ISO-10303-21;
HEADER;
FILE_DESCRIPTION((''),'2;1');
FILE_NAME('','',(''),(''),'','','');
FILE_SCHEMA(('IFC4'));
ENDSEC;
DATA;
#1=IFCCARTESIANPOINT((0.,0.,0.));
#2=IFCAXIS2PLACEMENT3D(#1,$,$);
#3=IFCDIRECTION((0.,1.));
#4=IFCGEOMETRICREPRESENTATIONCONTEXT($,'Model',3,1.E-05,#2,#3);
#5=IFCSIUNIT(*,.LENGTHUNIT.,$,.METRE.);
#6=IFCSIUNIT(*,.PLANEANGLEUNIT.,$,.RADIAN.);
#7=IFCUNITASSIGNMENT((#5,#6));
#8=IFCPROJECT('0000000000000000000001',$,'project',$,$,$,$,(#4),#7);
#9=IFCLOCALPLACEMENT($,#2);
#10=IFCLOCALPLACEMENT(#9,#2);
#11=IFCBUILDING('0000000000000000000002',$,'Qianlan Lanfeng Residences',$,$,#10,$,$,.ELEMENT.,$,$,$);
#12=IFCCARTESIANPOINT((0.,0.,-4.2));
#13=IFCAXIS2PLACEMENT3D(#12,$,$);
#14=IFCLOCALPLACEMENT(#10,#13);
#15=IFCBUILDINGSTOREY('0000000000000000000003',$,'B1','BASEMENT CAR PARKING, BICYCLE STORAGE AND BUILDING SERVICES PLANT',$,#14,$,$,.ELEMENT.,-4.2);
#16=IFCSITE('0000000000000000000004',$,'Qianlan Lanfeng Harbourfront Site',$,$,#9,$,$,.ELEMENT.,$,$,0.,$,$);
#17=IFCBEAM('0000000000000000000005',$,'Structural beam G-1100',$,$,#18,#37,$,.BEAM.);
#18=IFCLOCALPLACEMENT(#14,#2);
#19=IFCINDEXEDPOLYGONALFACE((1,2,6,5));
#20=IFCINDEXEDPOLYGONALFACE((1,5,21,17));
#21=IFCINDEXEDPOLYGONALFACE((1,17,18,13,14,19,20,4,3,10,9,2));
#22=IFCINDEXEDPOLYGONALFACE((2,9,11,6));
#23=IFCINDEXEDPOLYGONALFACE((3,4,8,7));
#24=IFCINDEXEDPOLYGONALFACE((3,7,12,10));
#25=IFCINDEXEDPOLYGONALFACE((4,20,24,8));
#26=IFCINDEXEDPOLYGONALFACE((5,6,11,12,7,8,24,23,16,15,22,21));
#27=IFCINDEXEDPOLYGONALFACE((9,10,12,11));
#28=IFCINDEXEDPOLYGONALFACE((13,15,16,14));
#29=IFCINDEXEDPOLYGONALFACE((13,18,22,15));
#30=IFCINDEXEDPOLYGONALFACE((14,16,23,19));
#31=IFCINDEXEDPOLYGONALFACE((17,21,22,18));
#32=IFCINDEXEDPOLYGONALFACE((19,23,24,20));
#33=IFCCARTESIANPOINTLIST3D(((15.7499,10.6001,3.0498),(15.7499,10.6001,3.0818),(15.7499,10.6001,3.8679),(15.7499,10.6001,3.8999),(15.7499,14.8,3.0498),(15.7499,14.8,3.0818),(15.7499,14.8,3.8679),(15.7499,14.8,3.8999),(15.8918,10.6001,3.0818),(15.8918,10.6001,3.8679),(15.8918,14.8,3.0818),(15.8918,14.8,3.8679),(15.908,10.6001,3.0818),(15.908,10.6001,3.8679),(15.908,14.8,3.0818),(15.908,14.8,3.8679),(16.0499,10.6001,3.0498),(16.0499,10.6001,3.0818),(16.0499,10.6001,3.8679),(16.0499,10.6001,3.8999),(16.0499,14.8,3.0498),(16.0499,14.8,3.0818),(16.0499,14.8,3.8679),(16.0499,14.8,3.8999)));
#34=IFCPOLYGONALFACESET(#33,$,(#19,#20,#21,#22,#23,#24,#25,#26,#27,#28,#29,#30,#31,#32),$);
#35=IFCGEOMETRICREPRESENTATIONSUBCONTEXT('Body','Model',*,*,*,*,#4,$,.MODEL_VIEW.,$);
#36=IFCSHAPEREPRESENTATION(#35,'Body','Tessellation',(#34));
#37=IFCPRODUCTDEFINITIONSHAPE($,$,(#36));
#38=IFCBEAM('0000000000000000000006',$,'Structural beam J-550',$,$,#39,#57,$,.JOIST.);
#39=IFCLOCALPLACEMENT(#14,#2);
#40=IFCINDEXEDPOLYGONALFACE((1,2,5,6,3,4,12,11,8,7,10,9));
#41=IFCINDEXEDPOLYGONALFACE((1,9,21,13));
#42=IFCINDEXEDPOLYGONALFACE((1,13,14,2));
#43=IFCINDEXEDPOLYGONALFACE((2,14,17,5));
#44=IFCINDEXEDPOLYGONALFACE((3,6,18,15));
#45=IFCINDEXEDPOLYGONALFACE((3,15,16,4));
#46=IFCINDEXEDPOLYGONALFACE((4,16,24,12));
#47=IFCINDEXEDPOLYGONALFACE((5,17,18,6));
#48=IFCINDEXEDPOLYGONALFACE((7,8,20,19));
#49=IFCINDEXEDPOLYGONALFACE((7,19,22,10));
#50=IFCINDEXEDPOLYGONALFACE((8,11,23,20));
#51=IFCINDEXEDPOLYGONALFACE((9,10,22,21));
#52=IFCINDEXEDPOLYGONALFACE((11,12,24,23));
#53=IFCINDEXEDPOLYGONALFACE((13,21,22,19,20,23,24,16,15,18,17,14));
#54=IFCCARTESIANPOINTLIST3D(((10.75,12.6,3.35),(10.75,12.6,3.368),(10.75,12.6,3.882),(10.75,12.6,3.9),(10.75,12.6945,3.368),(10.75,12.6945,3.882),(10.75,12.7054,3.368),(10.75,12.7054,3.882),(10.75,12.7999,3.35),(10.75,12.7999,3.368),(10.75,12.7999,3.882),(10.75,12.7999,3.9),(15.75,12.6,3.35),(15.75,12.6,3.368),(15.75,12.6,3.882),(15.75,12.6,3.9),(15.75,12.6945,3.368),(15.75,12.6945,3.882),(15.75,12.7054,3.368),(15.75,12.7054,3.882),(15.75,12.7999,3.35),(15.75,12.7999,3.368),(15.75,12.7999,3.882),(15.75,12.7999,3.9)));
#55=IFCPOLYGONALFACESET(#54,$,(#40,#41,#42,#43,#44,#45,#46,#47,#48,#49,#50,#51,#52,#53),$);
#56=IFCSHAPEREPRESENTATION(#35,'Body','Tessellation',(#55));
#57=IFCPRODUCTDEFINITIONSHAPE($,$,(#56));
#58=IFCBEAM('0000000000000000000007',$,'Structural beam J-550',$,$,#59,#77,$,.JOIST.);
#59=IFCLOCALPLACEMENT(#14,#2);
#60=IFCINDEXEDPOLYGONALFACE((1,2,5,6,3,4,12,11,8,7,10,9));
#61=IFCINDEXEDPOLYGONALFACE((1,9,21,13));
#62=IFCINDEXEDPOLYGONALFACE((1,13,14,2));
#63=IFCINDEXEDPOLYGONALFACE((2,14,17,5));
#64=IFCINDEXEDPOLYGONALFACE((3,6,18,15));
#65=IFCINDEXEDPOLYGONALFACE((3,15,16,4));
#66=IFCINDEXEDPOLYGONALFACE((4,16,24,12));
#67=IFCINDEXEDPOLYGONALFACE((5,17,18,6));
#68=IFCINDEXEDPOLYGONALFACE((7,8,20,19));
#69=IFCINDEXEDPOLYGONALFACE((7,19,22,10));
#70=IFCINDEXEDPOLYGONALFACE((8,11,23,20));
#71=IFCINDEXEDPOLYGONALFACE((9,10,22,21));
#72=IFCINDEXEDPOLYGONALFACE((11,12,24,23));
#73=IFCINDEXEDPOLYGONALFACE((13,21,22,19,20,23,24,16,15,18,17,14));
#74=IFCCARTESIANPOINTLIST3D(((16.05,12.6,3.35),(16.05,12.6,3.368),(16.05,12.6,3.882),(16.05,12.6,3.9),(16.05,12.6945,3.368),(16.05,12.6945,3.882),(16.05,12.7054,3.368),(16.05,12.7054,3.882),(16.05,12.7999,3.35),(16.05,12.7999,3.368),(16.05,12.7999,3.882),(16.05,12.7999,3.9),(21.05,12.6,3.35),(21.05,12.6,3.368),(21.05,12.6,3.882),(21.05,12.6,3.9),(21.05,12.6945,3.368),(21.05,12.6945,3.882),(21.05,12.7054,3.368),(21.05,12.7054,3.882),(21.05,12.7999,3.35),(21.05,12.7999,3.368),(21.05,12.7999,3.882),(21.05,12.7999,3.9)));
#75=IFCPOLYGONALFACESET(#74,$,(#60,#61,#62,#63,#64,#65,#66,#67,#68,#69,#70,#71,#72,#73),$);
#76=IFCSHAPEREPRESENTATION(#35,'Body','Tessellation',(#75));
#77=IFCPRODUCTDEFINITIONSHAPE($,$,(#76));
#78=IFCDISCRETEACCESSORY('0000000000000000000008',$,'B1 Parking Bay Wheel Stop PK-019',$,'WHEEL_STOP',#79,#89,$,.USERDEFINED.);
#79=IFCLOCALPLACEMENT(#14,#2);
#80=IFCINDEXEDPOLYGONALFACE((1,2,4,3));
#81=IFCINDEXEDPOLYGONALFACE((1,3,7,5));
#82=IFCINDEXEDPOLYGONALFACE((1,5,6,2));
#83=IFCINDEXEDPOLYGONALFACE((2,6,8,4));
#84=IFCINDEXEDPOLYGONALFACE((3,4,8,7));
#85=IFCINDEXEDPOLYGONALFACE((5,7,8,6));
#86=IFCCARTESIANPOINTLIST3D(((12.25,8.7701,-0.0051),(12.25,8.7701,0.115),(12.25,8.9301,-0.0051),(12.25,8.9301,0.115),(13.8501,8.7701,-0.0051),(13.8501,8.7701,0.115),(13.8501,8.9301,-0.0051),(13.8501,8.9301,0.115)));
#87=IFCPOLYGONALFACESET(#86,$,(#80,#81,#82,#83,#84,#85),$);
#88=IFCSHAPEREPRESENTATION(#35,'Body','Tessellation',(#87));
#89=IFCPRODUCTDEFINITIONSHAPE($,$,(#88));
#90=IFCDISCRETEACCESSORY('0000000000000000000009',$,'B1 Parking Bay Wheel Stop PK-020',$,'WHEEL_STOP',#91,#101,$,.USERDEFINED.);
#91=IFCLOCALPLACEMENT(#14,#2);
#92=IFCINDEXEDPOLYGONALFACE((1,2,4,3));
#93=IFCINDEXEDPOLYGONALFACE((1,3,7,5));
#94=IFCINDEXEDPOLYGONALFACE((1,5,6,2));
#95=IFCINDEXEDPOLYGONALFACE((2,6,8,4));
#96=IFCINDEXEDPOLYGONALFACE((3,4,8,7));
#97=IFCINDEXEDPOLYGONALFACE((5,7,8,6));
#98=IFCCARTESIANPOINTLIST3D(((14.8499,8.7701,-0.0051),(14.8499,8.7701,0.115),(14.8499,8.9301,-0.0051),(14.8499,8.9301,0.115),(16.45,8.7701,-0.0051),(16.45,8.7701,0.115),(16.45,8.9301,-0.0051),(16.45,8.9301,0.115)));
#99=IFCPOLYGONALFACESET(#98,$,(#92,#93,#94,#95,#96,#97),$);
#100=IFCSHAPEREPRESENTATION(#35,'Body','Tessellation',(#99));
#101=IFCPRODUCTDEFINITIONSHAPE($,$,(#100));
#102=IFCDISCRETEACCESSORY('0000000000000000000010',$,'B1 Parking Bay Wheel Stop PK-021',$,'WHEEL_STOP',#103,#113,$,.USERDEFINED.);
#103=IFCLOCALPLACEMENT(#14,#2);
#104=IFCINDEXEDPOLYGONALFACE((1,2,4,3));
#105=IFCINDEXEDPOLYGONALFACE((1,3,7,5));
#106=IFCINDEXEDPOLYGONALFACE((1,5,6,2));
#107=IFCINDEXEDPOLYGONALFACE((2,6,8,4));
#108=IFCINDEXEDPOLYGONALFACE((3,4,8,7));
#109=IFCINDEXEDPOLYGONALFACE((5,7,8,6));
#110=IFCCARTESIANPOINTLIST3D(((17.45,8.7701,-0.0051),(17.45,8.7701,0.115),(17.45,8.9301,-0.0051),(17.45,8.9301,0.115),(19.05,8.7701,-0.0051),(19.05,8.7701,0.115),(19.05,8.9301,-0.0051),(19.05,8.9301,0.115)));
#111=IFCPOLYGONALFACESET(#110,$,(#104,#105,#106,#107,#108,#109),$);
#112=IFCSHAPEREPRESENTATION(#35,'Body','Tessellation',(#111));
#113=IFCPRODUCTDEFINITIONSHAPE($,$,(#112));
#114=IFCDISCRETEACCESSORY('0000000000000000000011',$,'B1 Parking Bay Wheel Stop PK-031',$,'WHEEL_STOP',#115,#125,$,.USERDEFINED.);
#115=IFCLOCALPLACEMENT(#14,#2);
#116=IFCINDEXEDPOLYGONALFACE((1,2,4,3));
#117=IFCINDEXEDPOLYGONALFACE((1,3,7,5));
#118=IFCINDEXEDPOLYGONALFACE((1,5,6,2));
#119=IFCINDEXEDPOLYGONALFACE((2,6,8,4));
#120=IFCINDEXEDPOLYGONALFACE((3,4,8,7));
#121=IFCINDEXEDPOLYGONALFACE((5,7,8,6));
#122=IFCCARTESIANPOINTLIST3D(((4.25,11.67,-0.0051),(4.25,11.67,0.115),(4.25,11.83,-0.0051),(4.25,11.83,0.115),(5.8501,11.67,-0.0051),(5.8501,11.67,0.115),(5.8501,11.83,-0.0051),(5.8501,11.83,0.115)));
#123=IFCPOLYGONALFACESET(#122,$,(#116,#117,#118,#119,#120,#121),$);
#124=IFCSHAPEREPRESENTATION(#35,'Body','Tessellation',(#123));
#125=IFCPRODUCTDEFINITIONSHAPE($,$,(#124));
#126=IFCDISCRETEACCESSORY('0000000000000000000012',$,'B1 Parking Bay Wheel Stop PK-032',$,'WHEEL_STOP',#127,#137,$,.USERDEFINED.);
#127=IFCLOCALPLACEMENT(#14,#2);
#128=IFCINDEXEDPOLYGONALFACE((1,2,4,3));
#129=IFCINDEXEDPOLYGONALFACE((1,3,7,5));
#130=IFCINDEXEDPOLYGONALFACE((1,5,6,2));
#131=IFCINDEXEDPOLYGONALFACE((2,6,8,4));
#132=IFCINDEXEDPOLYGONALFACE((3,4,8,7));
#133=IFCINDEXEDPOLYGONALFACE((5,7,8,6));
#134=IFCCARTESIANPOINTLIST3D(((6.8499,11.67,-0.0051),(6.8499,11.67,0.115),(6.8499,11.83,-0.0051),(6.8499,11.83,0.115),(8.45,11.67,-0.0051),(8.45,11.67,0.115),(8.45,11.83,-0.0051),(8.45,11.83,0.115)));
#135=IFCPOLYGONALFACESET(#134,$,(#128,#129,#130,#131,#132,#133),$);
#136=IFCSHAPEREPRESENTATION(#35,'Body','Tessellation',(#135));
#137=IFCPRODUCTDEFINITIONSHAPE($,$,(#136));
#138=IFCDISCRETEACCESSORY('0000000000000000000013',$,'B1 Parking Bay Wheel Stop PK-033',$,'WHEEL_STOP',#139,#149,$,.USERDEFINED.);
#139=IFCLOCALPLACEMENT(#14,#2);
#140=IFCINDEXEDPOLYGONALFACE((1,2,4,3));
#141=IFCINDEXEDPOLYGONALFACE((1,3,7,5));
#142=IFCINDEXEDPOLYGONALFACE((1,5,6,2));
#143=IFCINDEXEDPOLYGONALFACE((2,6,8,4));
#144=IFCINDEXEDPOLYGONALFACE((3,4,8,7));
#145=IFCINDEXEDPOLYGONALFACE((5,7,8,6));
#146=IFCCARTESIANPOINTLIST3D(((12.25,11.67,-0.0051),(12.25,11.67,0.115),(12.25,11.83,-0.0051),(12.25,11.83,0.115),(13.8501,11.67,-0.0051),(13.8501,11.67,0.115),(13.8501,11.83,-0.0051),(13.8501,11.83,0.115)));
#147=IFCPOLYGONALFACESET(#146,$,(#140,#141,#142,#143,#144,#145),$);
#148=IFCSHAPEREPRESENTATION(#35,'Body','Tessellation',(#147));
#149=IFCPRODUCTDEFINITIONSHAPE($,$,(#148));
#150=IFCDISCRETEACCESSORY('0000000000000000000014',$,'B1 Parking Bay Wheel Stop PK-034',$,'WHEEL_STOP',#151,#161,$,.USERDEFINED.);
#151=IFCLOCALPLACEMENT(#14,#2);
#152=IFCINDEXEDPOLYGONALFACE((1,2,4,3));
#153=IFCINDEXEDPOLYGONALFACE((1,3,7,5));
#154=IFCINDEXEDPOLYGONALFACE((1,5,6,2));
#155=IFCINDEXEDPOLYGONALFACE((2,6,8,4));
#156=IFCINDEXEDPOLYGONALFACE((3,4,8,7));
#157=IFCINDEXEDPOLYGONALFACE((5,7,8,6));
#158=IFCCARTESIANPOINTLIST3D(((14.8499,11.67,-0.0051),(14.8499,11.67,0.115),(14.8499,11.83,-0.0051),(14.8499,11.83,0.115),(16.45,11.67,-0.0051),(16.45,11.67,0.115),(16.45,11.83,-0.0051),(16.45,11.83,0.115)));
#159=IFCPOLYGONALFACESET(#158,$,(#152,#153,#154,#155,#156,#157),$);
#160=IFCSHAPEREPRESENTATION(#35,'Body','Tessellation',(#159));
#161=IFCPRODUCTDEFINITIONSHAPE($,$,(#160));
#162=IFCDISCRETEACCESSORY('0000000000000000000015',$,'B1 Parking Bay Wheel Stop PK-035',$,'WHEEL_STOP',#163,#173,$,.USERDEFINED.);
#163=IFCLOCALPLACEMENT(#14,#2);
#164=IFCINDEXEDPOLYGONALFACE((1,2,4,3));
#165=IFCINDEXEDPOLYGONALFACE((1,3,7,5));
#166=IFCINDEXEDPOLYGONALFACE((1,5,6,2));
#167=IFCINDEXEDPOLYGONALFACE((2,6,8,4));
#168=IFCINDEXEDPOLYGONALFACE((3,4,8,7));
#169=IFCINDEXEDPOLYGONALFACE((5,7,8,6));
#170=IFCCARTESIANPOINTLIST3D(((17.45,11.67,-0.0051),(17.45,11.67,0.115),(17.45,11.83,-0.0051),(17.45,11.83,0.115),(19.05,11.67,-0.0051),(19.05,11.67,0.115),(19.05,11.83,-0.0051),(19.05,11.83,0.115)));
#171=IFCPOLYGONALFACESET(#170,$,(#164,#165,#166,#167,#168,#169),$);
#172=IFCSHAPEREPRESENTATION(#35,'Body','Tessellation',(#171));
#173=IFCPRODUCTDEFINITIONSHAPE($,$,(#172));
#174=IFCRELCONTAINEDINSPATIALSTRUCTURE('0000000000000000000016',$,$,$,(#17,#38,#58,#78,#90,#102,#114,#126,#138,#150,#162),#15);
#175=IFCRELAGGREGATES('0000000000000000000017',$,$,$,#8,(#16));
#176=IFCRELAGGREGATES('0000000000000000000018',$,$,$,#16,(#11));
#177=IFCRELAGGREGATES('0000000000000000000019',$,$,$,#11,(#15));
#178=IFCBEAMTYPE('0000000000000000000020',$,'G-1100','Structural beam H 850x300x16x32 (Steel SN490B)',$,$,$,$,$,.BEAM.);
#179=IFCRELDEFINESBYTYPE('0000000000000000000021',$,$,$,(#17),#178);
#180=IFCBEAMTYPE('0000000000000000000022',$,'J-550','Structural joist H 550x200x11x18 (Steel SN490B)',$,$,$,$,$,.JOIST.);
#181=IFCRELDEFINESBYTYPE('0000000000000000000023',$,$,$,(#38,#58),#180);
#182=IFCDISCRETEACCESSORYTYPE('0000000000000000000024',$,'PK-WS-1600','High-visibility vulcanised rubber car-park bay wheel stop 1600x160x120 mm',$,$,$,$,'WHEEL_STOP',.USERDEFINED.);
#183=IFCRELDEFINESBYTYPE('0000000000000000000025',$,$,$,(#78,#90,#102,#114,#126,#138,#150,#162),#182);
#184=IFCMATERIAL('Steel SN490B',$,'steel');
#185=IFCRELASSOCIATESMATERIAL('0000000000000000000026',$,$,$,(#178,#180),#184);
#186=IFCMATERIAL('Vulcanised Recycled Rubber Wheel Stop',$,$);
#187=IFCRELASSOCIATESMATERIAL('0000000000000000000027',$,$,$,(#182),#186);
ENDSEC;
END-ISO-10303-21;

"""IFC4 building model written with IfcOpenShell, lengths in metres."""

from ifc_helpers import new_model, si_unit, direction, frame, origin, origin_2d, place, context, subcontext, project, spatial, rectangle, i_section, extrude, source, transform, mapped, material, material_profile, profile_set, type_object, element, save


model = new_model("IFC4")

# Units and contexts
model_context = context("Model", 3, precision=1e-05, world=origin(), true_north=direction((0.0, 1.0)))
body_context = subcontext(model_context, "Body", "Model", "MODEL_VIEW")
ifc_project = project(units=[si_unit("LENGTHUNIT", "METRE"), si_unit("PLANEANGLEUNIT", "RADIAN")], contexts=[model_context])

# Site, building, storey
site_placement = place(None, origin())
site = spatial("IfcSite", under=ifc_project, at=site_placement, Name="Qianlan Lanfeng Harbourfront Site", CompositionType="ELEMENT", RefElevation=0.0)
building_placement = place(site_placement, origin())
building = spatial("IfcBuilding", under=site, at=building_placement, Name="Qianlan Lanfeng Residences", CompositionType="ELEMENT")
storey_placement = place(building_placement, frame((0.0, 0.0, -4.2)))
storey = spatial("IfcBuildingStorey", under=building, at=storey_placement, Name="B1", Description="BASEMENT CAR PARKING, BICYCLE STORAGE AND BUILDING SERVICES PLANT", CompositionType="ELEMENT", Elevation=-4.2)

# Beams
ifc_material_1 = material(Name="Steel SN490B", Category="steel")
ifc_material_profile_1 = material_profile(ifc_material_1, i_section(OverallWidth=0.3, OverallDepth=0.8501, WebThickness=0.0161, FlangeThickness=0.032, at=origin_2d()), Name="H 850x300x16x32")
ifc_profile_set_1 = profile_set([ifc_material_profile_1], Name="Steel SN490B")
beam_type_1 = type_object("IfcBeamType", Name="G-1100", Description="Structural beam H 850x300x16x32 (Steel SN490B)", PredefinedType="BEAM", material=ifc_profile_set_1)
for number, where, z_axis, x_axis, name in (
    (1, (15.8999, 10.6001, 3.4749), (0.0, 1.0, 0.0), (-1.0, 0.0, 0.0), "Structural beam G-1100"),
):
    element("IfcBeam", number, at=place(storey_placement, frame(where, z_axis=z_axis, x_axis=x_axis)), inside=storey, type_object=beam_type_1, Name=name, PredefinedType="BEAM", context=body_context, shape_type="SweptSolid", body=[
        extrude(i_section(OverallWidth=0.3, OverallDepth=0.8501, WebThickness=0.0161, FlangeThickness=0.032, at=origin_2d()), origin(), (0.0, 0.0, 1.0), 4.2),
    ])
ifc_material_profile_2 = material_profile(ifc_material_1, i_section(OverallWidth=0.2, OverallDepth=0.55, WebThickness=0.011, FlangeThickness=0.0181, at=origin_2d()), Name="H 550x200x11x18")
ifc_profile_set_2 = profile_set([ifc_material_profile_2], Name="Steel SN490B")
beam_type_2 = type_object("IfcBeamType", Name="J-550", Description="Structural joist H 550x200x11x18 (Steel SN490B)", PredefinedType="JOIST", material=ifc_profile_set_2)
for number, where, z_axis, x_axis, name in (
    (2, (10.75, 12.7, 3.625), (1.0, 0.0, 0.0), (0.0, 1.0, 0.0), "Structural beam J-550"),
    (3, (16.05, 12.7, 3.625), (1.0, 0.0, 0.0), (0.0, 1.0, 0.0), "Structural beam J-550"),
):
    element("IfcBeam", number, at=place(storey_placement, frame(where, z_axis=z_axis, x_axis=x_axis)), inside=storey, type_object=beam_type_2, Name=name, PredefinedType="JOIST", context=body_context, shape_type="SweptSolid", body=[
        extrude(i_section(OverallWidth=0.2, OverallDepth=0.55, WebThickness=0.011, FlangeThickness=0.0181, at=origin_2d()), origin(), (0.0, 0.0, 1.0), 5.0),
    ])

# Discrete accessories
ifc_material_2 = material(Name="Vulcanised Recycled Rubber Wheel Stop")
discrete_accessory_type = type_object("IfcDiscreteAccessoryType", Name="PK-WS-1600", Description="High-visibility vulcanised rubber car-park bay wheel stop 1600x160x120 mm", ElementType="WHEEL_STOP", PredefinedType="USERDEFINED", material=ifc_material_2)
shared_shape = source(origin(), body_context, "Body", "SweptSolid", [
    extrude(rectangle(XDim=1.6001, YDim=0.1599, at=origin_2d()), origin(), (0.0, 0.0, 1.0), 0.1201),
])
for number, where, z_axis, x_axis, name in (
    (4, (13.05, 8.8501, -0.0051), (0.0, 0.0, 1.0), (1.0, 0.0, 0.0), "B1 Parking Bay Wheel Stop PK-019"),
    (5, (15.6499, 8.8501, -0.0051), (0.0, 0.0, 1.0), (1.0, 0.0, 0.0), "B1 Parking Bay Wheel Stop PK-020"),
    (6, (18.25, 8.8501, -0.0051), (0.0, 0.0, 1.0), (1.0, 0.0, 0.0), "B1 Parking Bay Wheel Stop PK-021"),
    (7, (5.05, 11.75, -0.0051), (0.0, 0.0, 1.0), (1.0, 0.0, 0.0), "B1 Parking Bay Wheel Stop PK-031"),
    (8, (7.6499, 11.75, -0.0051), (0.0, 0.0, 1.0), (1.0, 0.0, 0.0), "B1 Parking Bay Wheel Stop PK-032"),
    (9, (13.05, 11.75, -0.0051), (0.0, 0.0, 1.0), (1.0, 0.0, 0.0), "B1 Parking Bay Wheel Stop PK-033"),
    (10, (15.6499, 11.75, -0.0051), (0.0, 0.0, 1.0), (1.0, 0.0, 0.0), "B1 Parking Bay Wheel Stop PK-034"),
    (11, (18.25, 11.75, -0.0051), (0.0, 0.0, 1.0), (1.0, 0.0, 0.0), "B1 Parking Bay Wheel Stop PK-035"),
):
    element("IfcDiscreteAccessory", number, at=place(storey_placement, frame(where, z_axis=z_axis, x_axis=x_axis)), inside=storey, type_object=discrete_accessory_type, Name=name, ObjectType="WHEEL_STOP", PredefinedType="USERDEFINED", context=body_context, shape_type="MappedRepresentation", body=[
        mapped(shared_shape, transform((0.0, 0.0, 0.0), scale=1.0)),
    ])

save(model, "model.ifc")
